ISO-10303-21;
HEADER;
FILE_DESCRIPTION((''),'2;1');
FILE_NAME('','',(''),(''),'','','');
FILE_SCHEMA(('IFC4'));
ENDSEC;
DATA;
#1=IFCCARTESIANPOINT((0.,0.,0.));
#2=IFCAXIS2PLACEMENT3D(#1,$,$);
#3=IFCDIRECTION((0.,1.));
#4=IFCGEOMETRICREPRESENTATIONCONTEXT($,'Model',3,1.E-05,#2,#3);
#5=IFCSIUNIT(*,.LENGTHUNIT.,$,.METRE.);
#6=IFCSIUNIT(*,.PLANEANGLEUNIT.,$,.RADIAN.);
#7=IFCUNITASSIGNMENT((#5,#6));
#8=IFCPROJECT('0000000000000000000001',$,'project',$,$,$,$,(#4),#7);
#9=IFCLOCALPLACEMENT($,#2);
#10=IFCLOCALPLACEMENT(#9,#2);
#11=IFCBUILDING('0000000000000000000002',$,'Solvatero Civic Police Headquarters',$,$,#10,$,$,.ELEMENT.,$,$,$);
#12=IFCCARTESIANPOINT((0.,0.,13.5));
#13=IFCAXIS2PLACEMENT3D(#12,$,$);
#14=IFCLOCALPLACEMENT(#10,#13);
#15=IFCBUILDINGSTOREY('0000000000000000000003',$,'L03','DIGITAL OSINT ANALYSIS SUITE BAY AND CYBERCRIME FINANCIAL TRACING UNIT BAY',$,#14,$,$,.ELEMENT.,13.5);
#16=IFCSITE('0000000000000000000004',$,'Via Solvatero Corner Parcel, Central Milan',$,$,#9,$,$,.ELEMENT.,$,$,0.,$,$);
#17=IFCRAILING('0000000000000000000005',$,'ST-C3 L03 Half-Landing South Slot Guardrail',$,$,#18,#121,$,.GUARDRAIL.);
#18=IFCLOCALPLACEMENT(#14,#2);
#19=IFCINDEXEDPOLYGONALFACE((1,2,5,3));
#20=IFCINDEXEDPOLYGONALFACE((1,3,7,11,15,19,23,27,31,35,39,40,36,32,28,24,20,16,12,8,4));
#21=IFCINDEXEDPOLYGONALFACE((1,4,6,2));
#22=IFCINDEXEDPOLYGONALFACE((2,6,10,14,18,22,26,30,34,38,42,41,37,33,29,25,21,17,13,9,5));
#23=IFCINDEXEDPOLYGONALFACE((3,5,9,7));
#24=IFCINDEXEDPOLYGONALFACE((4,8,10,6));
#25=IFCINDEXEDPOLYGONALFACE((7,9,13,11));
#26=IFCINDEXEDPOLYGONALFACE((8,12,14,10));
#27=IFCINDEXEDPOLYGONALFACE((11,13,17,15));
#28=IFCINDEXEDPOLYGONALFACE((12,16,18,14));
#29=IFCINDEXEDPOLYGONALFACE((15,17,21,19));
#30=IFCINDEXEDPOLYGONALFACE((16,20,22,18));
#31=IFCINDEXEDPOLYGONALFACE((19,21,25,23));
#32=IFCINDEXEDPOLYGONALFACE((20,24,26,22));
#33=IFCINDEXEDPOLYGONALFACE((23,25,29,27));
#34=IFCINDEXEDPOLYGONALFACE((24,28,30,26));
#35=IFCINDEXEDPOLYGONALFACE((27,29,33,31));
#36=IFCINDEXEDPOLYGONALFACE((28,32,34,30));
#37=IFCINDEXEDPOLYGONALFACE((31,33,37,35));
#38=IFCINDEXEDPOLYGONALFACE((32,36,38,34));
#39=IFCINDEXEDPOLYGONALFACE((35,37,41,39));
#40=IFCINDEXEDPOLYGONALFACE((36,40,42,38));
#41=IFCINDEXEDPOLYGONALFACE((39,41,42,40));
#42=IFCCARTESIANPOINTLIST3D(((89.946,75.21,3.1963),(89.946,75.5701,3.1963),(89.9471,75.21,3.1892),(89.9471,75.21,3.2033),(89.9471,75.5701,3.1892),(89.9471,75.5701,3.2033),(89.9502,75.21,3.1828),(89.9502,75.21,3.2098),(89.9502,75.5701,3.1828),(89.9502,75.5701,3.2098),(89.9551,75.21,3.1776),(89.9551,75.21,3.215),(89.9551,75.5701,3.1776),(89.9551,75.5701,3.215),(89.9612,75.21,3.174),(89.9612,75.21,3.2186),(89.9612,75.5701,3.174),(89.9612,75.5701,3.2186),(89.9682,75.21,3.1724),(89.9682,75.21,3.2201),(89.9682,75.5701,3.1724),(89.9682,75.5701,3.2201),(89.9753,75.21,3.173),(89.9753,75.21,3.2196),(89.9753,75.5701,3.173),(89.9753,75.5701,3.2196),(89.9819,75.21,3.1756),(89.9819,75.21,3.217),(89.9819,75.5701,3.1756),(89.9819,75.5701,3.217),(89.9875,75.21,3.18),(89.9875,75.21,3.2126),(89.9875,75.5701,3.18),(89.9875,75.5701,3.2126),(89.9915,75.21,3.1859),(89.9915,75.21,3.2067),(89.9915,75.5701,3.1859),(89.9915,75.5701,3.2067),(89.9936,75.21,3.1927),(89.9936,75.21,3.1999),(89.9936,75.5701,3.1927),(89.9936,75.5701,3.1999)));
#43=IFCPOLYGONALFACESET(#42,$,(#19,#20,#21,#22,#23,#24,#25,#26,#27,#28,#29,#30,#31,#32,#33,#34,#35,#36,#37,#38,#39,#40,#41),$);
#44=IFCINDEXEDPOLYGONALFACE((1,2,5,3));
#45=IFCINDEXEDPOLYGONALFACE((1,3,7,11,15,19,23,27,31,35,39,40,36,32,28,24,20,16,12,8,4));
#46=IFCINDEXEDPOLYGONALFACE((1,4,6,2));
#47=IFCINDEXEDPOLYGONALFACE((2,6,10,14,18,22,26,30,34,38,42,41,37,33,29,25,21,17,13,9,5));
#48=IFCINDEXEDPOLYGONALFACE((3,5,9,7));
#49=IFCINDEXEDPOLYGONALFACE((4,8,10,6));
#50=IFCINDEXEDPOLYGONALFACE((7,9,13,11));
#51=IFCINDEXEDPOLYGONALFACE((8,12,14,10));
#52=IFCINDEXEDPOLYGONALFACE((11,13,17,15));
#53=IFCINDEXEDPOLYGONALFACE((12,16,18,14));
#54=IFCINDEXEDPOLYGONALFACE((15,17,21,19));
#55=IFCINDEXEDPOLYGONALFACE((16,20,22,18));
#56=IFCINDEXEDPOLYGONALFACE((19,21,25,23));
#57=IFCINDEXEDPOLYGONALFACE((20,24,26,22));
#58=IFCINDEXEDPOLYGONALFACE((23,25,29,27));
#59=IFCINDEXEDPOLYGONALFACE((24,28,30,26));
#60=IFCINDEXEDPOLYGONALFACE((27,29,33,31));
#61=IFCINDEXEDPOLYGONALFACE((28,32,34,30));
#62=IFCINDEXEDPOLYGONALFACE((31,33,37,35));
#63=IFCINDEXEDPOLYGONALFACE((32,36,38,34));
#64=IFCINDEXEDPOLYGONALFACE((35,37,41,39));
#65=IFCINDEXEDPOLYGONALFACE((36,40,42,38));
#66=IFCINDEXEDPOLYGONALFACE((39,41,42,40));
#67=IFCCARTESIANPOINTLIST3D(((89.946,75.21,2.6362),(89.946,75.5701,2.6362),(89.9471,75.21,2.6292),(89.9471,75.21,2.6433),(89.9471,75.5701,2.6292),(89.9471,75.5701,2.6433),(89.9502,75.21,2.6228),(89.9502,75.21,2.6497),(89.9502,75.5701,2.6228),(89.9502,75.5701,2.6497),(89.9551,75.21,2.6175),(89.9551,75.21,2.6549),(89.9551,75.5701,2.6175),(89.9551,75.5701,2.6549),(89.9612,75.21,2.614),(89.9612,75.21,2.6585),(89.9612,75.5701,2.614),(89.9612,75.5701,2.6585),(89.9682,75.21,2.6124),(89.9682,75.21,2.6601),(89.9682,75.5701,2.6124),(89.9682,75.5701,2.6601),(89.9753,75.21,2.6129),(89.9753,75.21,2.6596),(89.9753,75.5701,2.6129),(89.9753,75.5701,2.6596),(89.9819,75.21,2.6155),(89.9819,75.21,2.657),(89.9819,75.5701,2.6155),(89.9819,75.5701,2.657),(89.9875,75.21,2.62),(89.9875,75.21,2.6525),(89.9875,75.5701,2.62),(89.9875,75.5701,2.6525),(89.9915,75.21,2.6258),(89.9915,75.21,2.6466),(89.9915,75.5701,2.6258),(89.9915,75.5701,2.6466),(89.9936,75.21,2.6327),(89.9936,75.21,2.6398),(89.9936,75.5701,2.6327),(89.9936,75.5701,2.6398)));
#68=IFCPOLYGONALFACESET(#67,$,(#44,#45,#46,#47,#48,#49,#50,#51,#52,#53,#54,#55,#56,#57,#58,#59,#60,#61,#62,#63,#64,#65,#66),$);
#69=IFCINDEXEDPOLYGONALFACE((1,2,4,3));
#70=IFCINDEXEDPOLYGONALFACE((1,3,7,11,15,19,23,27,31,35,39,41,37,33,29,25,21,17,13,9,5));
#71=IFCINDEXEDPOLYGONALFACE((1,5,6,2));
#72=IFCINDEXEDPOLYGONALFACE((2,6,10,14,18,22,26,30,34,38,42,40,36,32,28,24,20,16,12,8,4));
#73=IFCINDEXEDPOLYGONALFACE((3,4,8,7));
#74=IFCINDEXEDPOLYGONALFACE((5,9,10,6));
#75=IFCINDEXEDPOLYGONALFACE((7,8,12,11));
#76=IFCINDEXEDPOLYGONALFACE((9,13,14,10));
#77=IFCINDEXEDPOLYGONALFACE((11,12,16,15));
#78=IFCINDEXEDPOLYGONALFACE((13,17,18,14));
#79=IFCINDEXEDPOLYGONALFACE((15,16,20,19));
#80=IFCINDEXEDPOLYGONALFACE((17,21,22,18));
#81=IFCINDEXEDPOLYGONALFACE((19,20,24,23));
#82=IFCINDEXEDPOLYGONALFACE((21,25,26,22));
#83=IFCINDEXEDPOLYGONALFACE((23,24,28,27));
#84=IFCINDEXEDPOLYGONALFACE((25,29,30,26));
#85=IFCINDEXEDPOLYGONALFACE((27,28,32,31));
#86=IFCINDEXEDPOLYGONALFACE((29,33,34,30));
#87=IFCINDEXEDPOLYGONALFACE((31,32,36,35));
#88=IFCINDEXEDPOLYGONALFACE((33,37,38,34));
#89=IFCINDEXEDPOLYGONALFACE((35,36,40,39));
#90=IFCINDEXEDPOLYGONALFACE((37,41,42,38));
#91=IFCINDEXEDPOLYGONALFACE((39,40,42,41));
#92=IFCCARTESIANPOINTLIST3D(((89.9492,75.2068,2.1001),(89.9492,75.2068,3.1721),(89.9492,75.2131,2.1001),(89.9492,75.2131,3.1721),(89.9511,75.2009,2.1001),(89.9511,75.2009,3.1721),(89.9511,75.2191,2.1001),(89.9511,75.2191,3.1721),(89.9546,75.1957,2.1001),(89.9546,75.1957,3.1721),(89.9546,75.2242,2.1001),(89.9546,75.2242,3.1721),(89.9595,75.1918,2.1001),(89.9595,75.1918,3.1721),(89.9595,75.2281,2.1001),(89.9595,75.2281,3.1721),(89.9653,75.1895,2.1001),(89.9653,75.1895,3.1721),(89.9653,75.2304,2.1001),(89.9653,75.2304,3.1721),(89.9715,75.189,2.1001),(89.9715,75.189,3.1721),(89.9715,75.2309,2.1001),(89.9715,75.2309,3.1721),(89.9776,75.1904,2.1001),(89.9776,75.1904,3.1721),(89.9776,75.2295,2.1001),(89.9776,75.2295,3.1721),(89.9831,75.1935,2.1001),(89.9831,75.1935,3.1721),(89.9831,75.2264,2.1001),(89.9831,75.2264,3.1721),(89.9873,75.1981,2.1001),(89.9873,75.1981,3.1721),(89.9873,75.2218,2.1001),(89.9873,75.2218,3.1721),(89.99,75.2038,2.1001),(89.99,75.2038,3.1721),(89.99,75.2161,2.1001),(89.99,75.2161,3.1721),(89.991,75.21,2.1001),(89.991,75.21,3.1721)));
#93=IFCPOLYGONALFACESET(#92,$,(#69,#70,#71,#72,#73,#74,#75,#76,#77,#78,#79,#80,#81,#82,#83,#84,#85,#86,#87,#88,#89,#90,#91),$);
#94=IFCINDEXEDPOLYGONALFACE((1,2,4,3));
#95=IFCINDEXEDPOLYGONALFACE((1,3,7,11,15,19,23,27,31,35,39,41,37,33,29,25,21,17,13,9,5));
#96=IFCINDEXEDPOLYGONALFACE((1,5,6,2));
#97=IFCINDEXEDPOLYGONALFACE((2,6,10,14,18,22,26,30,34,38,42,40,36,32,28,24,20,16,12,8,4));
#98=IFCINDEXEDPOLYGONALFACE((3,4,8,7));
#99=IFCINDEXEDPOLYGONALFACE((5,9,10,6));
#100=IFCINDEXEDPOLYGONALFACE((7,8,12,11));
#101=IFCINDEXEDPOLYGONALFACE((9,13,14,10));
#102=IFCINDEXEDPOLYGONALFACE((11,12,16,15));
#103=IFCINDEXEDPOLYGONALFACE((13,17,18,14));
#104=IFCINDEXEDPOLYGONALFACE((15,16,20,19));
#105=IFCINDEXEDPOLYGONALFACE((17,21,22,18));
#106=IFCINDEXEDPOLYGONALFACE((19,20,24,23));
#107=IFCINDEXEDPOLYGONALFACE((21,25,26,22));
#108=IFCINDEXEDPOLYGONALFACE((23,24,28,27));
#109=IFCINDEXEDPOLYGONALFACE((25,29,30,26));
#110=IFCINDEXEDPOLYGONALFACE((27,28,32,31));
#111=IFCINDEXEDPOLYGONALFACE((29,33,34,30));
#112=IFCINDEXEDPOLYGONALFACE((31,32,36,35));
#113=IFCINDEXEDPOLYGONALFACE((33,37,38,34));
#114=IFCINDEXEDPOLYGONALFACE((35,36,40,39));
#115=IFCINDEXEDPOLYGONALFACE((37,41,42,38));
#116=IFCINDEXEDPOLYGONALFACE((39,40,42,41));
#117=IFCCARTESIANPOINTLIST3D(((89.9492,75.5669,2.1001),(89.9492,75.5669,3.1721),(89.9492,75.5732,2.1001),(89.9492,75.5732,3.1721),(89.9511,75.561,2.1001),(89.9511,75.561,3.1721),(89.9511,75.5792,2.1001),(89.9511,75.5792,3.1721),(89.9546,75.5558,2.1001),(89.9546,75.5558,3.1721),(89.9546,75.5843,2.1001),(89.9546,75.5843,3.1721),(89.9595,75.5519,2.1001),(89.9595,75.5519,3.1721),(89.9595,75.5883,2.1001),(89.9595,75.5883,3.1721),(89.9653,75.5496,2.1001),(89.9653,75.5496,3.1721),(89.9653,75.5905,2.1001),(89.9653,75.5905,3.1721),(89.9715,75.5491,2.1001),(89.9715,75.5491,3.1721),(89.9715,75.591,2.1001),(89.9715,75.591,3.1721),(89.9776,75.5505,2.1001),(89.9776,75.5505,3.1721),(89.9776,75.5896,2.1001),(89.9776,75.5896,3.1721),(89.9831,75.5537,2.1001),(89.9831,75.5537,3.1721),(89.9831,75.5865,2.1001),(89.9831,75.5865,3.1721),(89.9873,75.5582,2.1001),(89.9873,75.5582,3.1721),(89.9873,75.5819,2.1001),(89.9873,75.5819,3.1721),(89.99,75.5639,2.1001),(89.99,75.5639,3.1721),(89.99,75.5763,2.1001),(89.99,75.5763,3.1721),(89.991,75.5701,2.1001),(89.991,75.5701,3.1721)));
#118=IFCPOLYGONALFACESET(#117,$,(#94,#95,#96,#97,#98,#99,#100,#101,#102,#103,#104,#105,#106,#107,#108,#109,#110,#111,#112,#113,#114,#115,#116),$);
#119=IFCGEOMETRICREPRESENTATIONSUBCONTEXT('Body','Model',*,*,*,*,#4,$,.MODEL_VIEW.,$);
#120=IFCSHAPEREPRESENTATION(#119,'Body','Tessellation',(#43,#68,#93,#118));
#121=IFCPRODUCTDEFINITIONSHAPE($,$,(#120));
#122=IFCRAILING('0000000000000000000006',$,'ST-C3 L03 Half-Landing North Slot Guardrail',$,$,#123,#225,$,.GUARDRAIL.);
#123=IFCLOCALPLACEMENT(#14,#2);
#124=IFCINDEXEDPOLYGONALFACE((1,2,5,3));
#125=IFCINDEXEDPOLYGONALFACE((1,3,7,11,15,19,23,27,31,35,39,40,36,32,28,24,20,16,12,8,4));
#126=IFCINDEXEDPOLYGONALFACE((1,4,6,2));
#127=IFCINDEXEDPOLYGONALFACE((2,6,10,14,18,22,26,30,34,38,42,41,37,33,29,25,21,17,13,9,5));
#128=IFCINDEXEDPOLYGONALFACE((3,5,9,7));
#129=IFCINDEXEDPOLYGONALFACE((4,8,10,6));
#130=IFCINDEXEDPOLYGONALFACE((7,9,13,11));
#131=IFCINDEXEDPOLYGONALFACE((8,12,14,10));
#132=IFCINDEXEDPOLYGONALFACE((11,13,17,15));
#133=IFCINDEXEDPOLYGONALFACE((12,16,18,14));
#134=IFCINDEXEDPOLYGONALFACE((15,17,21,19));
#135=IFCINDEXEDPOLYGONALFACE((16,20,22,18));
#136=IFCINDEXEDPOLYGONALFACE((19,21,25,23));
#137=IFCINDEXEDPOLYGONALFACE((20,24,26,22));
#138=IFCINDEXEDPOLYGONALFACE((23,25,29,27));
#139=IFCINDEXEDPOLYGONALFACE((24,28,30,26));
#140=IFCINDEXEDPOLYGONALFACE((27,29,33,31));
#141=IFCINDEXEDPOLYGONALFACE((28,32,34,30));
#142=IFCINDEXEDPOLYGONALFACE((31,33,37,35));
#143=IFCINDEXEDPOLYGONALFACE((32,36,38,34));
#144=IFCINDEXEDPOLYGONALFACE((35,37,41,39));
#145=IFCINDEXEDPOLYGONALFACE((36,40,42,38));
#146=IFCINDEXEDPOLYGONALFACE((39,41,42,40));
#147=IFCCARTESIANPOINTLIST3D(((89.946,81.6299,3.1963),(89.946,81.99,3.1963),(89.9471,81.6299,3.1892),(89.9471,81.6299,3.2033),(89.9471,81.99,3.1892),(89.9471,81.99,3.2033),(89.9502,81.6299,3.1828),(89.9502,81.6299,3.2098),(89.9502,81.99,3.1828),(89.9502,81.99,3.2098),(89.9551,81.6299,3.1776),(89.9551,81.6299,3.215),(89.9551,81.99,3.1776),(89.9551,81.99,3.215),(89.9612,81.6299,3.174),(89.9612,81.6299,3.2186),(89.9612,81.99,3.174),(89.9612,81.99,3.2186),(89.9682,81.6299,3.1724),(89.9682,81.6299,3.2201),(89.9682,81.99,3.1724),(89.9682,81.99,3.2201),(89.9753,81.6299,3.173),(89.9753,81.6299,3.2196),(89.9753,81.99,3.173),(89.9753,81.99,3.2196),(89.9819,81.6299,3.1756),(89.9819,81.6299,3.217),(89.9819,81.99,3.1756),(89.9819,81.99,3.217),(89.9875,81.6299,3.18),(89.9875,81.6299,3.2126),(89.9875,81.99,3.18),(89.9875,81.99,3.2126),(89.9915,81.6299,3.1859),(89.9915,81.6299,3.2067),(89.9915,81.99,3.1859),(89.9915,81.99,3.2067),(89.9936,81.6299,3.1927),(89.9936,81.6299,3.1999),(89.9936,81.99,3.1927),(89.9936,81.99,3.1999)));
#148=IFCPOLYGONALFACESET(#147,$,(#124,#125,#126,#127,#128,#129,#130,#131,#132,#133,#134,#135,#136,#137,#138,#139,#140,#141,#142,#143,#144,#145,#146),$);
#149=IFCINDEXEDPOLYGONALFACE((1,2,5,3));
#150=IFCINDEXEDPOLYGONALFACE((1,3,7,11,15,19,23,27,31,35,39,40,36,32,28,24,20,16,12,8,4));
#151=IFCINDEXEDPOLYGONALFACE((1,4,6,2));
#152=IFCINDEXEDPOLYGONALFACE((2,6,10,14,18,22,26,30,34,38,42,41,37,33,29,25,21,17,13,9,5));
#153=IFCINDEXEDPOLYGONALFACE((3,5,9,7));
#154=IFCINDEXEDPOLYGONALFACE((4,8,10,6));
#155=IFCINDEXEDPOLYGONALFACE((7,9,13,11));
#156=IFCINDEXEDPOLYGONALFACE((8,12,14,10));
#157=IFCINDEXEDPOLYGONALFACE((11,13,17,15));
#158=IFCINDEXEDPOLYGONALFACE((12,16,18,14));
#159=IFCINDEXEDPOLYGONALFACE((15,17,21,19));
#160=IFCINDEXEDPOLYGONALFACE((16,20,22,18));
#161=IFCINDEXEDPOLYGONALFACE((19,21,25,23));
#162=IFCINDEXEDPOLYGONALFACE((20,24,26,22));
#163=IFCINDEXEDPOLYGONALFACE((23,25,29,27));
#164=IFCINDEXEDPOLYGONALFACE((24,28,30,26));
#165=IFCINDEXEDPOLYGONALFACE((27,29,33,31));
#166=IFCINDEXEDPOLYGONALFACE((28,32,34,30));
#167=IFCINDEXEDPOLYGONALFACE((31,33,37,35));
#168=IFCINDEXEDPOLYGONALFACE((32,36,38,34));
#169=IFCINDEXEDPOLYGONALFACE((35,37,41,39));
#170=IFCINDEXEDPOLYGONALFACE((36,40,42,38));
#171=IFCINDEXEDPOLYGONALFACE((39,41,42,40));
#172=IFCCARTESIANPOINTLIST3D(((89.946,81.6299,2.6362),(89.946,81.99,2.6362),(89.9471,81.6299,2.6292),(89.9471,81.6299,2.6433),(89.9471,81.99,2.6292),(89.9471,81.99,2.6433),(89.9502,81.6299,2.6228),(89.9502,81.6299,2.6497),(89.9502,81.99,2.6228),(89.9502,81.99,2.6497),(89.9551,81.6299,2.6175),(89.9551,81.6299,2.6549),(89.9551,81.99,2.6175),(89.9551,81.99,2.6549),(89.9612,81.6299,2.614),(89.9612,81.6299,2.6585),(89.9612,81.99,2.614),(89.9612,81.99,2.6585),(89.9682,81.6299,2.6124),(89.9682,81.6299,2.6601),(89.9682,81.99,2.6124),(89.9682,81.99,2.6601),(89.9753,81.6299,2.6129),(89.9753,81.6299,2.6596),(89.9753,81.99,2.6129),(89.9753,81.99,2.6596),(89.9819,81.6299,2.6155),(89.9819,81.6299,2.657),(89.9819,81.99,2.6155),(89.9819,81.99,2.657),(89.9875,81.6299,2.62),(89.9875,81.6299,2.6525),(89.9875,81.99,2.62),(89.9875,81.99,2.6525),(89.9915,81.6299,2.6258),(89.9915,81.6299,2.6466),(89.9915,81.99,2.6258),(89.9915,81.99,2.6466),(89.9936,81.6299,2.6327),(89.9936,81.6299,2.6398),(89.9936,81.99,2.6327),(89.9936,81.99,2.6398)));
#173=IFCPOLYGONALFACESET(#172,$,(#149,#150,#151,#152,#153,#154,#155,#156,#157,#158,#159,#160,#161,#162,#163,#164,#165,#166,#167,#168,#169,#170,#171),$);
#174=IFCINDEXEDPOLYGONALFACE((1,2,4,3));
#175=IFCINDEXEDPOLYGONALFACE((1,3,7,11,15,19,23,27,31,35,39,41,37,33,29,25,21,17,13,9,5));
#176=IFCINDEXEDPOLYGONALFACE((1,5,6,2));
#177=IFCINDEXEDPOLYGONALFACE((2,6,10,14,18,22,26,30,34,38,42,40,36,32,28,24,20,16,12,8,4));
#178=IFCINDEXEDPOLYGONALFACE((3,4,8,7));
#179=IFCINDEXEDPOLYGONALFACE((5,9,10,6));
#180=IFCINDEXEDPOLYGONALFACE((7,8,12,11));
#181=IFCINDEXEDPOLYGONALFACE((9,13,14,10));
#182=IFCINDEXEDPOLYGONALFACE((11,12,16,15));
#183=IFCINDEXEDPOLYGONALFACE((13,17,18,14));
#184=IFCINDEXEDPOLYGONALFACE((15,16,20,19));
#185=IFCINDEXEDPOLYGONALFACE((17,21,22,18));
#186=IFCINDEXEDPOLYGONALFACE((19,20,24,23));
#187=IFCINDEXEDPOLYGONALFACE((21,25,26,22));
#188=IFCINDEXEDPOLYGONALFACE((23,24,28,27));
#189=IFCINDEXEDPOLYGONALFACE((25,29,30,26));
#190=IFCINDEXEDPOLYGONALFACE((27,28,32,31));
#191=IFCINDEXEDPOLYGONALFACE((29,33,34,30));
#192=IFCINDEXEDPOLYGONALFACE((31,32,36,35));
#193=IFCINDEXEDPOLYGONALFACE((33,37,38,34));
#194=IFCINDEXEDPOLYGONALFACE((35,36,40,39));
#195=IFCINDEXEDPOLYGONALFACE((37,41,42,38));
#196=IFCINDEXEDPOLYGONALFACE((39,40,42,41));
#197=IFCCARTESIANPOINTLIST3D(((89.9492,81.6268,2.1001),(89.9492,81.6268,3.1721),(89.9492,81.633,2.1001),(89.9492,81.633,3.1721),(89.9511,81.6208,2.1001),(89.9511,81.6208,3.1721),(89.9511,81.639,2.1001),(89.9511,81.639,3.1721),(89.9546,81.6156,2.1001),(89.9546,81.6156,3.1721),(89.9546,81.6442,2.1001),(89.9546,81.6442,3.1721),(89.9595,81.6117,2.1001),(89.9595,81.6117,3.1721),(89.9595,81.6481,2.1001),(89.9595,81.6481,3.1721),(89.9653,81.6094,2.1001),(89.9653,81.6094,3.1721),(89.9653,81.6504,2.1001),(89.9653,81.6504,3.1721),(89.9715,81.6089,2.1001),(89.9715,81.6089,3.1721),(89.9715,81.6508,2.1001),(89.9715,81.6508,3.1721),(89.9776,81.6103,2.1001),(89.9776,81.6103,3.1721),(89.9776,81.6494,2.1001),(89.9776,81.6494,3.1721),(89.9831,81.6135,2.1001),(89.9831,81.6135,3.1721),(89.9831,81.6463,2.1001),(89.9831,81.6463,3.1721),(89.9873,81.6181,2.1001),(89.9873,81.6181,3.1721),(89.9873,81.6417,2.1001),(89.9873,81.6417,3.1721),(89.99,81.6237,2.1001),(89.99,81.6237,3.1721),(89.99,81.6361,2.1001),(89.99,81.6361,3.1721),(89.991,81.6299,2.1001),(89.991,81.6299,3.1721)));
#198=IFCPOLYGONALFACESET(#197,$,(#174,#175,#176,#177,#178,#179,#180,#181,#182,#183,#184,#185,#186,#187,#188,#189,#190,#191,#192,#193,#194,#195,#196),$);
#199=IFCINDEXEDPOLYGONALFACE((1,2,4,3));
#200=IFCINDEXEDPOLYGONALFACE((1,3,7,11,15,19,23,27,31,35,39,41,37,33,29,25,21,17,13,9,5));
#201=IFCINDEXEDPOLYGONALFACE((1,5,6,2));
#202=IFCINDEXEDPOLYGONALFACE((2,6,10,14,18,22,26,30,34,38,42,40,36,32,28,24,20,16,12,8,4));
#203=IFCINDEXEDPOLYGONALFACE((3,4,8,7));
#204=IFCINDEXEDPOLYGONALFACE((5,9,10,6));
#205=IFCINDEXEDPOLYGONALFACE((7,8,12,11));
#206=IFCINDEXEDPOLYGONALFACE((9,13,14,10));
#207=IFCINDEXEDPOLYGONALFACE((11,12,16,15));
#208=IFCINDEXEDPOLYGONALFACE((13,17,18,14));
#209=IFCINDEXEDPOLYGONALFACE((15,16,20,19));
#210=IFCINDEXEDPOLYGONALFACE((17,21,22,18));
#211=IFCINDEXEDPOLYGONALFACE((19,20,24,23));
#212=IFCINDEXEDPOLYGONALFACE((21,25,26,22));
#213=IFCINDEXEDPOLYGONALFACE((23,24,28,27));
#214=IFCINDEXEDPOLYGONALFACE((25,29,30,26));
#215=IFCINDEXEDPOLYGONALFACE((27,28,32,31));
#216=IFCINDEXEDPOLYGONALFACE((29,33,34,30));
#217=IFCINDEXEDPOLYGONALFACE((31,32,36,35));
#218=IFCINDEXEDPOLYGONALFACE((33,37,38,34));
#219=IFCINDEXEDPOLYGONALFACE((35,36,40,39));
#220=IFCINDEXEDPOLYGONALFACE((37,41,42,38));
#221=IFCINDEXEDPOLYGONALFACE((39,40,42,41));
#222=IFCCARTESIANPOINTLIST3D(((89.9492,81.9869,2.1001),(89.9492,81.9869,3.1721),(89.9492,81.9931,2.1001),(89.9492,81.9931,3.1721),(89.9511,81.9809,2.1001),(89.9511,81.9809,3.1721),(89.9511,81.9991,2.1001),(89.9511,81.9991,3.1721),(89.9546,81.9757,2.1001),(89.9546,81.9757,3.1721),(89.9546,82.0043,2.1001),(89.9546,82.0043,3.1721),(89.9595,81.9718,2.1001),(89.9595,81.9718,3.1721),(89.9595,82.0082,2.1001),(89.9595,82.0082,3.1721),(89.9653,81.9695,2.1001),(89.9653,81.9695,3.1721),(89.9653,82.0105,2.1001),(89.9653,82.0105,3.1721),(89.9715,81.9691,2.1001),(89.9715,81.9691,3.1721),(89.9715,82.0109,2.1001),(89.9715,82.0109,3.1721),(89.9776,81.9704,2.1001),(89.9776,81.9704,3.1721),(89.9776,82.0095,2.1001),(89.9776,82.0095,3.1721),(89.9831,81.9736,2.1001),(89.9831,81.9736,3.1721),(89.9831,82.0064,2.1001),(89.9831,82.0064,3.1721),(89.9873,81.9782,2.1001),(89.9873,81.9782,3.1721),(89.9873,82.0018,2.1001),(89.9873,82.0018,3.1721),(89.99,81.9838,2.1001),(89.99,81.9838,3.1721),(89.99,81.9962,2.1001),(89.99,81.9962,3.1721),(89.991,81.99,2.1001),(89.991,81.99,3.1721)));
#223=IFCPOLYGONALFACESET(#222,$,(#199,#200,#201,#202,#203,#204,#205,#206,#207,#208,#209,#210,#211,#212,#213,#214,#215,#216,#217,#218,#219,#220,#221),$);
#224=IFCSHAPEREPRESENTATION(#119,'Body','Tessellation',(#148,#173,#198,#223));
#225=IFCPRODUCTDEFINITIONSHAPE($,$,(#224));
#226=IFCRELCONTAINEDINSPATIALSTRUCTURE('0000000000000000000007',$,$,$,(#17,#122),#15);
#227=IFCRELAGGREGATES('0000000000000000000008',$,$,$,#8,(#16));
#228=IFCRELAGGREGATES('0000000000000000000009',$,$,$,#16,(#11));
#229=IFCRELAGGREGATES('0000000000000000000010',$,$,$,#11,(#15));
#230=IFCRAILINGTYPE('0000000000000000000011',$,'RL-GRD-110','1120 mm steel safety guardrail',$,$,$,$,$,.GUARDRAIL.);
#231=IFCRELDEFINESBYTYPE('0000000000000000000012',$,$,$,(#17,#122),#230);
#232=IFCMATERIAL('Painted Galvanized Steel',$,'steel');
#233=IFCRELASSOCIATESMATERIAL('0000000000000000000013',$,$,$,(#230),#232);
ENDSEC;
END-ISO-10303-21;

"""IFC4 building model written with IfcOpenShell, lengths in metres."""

from ifc_helpers import new_model, si_unit, direction, frame, origin, origin_2d, place, context, subcontext, project, spatial, circle, extrude, material, type_object, element, save


model = new_model("IFC4")

# Units and contexts
model_context = context("Model", 3, precision=1e-05, world=origin(), true_north=direction((0.0, 1.0)))
body_context = subcontext(model_context, "Body", "Model", "MODEL_VIEW")
ifc_project = project(units=[si_unit("LENGTHUNIT", "METRE"), si_unit("PLANEANGLEUNIT", "RADIAN")], contexts=[model_context])

# Site, building, storey
site_placement = place(None, origin())
site = spatial("IfcSite", under=ifc_project, at=site_placement, Name="Via Solvatero Corner Parcel, Central Milan", CompositionType="ELEMENT", RefElevation=0.0)
building_placement = place(site_placement, origin())
building = spatial("IfcBuilding", under=site, at=building_placement, Name="Solvatero Civic Police Headquarters", CompositionType="ELEMENT")
storey_placement = place(building_placement, frame((0.0, 0.0, 13.5)))
storey = spatial("IfcBuildingStorey", under=building, at=storey_placement, Name="L03", Description="DIGITAL OSINT ANALYSIS SUITE BAY AND CYBERCRIME FINANCIAL TRACING UNIT BAY", CompositionType="ELEMENT", Elevation=13.5)

# Railings
ifc_material_1 = material(Name="Painted Galvanized Steel", Category="steel")
railing_type_1 = type_object("IfcRailingType", Name="RL-GRD-110", Description="1120 mm steel safety guardrail", PredefinedType="GUARDRAIL", material=ifc_material_1)
for number, where, name in (
    (1, (89.97, 75.21, 2.1001), "ST-C3 L03 Half-Landing South Slot Guardrail"),
    (2, (89.97, 81.6299, 2.1001), "ST-C3 L03 Half-Landing North Slot Guardrail"),
):
    element("IfcRailing", number, at=place(storey_placement, frame(where)), inside=storey, type_object=railing_type_1, Name=name, PredefinedType="GUARDRAIL", context=body_context, shape_type="SweptSolid", body=[
        extrude(circle(Radius=0.0239, at=origin_2d()), frame((0.0, 0.0, 1.0962), z_axis=(0.0, 1.0, 0.0), x_axis=(-1.0, 0.0, 0.0)), (0.0, 0.0, 1.0), 0.3601),
        extrude(circle(Radius=0.0239, at=origin_2d()), frame((0.0, 0.0, 0.5361), z_axis=(0.0, 1.0, 0.0), x_axis=(-1.0, 0.0, 0.0)), (0.0, 0.0, 1.0), 0.3601),
        extrude(circle(Radius=0.021, at=origin_2d()), origin(), (0.0, 0.0, 1.0), 1.072),
        extrude(circle(Radius=0.021, at=origin_2d()), frame((0.0, 0.3601, 0.0)), (0.0, 0.0, 1.0), 1.072),
    ])

save(model, "model.ifc")
